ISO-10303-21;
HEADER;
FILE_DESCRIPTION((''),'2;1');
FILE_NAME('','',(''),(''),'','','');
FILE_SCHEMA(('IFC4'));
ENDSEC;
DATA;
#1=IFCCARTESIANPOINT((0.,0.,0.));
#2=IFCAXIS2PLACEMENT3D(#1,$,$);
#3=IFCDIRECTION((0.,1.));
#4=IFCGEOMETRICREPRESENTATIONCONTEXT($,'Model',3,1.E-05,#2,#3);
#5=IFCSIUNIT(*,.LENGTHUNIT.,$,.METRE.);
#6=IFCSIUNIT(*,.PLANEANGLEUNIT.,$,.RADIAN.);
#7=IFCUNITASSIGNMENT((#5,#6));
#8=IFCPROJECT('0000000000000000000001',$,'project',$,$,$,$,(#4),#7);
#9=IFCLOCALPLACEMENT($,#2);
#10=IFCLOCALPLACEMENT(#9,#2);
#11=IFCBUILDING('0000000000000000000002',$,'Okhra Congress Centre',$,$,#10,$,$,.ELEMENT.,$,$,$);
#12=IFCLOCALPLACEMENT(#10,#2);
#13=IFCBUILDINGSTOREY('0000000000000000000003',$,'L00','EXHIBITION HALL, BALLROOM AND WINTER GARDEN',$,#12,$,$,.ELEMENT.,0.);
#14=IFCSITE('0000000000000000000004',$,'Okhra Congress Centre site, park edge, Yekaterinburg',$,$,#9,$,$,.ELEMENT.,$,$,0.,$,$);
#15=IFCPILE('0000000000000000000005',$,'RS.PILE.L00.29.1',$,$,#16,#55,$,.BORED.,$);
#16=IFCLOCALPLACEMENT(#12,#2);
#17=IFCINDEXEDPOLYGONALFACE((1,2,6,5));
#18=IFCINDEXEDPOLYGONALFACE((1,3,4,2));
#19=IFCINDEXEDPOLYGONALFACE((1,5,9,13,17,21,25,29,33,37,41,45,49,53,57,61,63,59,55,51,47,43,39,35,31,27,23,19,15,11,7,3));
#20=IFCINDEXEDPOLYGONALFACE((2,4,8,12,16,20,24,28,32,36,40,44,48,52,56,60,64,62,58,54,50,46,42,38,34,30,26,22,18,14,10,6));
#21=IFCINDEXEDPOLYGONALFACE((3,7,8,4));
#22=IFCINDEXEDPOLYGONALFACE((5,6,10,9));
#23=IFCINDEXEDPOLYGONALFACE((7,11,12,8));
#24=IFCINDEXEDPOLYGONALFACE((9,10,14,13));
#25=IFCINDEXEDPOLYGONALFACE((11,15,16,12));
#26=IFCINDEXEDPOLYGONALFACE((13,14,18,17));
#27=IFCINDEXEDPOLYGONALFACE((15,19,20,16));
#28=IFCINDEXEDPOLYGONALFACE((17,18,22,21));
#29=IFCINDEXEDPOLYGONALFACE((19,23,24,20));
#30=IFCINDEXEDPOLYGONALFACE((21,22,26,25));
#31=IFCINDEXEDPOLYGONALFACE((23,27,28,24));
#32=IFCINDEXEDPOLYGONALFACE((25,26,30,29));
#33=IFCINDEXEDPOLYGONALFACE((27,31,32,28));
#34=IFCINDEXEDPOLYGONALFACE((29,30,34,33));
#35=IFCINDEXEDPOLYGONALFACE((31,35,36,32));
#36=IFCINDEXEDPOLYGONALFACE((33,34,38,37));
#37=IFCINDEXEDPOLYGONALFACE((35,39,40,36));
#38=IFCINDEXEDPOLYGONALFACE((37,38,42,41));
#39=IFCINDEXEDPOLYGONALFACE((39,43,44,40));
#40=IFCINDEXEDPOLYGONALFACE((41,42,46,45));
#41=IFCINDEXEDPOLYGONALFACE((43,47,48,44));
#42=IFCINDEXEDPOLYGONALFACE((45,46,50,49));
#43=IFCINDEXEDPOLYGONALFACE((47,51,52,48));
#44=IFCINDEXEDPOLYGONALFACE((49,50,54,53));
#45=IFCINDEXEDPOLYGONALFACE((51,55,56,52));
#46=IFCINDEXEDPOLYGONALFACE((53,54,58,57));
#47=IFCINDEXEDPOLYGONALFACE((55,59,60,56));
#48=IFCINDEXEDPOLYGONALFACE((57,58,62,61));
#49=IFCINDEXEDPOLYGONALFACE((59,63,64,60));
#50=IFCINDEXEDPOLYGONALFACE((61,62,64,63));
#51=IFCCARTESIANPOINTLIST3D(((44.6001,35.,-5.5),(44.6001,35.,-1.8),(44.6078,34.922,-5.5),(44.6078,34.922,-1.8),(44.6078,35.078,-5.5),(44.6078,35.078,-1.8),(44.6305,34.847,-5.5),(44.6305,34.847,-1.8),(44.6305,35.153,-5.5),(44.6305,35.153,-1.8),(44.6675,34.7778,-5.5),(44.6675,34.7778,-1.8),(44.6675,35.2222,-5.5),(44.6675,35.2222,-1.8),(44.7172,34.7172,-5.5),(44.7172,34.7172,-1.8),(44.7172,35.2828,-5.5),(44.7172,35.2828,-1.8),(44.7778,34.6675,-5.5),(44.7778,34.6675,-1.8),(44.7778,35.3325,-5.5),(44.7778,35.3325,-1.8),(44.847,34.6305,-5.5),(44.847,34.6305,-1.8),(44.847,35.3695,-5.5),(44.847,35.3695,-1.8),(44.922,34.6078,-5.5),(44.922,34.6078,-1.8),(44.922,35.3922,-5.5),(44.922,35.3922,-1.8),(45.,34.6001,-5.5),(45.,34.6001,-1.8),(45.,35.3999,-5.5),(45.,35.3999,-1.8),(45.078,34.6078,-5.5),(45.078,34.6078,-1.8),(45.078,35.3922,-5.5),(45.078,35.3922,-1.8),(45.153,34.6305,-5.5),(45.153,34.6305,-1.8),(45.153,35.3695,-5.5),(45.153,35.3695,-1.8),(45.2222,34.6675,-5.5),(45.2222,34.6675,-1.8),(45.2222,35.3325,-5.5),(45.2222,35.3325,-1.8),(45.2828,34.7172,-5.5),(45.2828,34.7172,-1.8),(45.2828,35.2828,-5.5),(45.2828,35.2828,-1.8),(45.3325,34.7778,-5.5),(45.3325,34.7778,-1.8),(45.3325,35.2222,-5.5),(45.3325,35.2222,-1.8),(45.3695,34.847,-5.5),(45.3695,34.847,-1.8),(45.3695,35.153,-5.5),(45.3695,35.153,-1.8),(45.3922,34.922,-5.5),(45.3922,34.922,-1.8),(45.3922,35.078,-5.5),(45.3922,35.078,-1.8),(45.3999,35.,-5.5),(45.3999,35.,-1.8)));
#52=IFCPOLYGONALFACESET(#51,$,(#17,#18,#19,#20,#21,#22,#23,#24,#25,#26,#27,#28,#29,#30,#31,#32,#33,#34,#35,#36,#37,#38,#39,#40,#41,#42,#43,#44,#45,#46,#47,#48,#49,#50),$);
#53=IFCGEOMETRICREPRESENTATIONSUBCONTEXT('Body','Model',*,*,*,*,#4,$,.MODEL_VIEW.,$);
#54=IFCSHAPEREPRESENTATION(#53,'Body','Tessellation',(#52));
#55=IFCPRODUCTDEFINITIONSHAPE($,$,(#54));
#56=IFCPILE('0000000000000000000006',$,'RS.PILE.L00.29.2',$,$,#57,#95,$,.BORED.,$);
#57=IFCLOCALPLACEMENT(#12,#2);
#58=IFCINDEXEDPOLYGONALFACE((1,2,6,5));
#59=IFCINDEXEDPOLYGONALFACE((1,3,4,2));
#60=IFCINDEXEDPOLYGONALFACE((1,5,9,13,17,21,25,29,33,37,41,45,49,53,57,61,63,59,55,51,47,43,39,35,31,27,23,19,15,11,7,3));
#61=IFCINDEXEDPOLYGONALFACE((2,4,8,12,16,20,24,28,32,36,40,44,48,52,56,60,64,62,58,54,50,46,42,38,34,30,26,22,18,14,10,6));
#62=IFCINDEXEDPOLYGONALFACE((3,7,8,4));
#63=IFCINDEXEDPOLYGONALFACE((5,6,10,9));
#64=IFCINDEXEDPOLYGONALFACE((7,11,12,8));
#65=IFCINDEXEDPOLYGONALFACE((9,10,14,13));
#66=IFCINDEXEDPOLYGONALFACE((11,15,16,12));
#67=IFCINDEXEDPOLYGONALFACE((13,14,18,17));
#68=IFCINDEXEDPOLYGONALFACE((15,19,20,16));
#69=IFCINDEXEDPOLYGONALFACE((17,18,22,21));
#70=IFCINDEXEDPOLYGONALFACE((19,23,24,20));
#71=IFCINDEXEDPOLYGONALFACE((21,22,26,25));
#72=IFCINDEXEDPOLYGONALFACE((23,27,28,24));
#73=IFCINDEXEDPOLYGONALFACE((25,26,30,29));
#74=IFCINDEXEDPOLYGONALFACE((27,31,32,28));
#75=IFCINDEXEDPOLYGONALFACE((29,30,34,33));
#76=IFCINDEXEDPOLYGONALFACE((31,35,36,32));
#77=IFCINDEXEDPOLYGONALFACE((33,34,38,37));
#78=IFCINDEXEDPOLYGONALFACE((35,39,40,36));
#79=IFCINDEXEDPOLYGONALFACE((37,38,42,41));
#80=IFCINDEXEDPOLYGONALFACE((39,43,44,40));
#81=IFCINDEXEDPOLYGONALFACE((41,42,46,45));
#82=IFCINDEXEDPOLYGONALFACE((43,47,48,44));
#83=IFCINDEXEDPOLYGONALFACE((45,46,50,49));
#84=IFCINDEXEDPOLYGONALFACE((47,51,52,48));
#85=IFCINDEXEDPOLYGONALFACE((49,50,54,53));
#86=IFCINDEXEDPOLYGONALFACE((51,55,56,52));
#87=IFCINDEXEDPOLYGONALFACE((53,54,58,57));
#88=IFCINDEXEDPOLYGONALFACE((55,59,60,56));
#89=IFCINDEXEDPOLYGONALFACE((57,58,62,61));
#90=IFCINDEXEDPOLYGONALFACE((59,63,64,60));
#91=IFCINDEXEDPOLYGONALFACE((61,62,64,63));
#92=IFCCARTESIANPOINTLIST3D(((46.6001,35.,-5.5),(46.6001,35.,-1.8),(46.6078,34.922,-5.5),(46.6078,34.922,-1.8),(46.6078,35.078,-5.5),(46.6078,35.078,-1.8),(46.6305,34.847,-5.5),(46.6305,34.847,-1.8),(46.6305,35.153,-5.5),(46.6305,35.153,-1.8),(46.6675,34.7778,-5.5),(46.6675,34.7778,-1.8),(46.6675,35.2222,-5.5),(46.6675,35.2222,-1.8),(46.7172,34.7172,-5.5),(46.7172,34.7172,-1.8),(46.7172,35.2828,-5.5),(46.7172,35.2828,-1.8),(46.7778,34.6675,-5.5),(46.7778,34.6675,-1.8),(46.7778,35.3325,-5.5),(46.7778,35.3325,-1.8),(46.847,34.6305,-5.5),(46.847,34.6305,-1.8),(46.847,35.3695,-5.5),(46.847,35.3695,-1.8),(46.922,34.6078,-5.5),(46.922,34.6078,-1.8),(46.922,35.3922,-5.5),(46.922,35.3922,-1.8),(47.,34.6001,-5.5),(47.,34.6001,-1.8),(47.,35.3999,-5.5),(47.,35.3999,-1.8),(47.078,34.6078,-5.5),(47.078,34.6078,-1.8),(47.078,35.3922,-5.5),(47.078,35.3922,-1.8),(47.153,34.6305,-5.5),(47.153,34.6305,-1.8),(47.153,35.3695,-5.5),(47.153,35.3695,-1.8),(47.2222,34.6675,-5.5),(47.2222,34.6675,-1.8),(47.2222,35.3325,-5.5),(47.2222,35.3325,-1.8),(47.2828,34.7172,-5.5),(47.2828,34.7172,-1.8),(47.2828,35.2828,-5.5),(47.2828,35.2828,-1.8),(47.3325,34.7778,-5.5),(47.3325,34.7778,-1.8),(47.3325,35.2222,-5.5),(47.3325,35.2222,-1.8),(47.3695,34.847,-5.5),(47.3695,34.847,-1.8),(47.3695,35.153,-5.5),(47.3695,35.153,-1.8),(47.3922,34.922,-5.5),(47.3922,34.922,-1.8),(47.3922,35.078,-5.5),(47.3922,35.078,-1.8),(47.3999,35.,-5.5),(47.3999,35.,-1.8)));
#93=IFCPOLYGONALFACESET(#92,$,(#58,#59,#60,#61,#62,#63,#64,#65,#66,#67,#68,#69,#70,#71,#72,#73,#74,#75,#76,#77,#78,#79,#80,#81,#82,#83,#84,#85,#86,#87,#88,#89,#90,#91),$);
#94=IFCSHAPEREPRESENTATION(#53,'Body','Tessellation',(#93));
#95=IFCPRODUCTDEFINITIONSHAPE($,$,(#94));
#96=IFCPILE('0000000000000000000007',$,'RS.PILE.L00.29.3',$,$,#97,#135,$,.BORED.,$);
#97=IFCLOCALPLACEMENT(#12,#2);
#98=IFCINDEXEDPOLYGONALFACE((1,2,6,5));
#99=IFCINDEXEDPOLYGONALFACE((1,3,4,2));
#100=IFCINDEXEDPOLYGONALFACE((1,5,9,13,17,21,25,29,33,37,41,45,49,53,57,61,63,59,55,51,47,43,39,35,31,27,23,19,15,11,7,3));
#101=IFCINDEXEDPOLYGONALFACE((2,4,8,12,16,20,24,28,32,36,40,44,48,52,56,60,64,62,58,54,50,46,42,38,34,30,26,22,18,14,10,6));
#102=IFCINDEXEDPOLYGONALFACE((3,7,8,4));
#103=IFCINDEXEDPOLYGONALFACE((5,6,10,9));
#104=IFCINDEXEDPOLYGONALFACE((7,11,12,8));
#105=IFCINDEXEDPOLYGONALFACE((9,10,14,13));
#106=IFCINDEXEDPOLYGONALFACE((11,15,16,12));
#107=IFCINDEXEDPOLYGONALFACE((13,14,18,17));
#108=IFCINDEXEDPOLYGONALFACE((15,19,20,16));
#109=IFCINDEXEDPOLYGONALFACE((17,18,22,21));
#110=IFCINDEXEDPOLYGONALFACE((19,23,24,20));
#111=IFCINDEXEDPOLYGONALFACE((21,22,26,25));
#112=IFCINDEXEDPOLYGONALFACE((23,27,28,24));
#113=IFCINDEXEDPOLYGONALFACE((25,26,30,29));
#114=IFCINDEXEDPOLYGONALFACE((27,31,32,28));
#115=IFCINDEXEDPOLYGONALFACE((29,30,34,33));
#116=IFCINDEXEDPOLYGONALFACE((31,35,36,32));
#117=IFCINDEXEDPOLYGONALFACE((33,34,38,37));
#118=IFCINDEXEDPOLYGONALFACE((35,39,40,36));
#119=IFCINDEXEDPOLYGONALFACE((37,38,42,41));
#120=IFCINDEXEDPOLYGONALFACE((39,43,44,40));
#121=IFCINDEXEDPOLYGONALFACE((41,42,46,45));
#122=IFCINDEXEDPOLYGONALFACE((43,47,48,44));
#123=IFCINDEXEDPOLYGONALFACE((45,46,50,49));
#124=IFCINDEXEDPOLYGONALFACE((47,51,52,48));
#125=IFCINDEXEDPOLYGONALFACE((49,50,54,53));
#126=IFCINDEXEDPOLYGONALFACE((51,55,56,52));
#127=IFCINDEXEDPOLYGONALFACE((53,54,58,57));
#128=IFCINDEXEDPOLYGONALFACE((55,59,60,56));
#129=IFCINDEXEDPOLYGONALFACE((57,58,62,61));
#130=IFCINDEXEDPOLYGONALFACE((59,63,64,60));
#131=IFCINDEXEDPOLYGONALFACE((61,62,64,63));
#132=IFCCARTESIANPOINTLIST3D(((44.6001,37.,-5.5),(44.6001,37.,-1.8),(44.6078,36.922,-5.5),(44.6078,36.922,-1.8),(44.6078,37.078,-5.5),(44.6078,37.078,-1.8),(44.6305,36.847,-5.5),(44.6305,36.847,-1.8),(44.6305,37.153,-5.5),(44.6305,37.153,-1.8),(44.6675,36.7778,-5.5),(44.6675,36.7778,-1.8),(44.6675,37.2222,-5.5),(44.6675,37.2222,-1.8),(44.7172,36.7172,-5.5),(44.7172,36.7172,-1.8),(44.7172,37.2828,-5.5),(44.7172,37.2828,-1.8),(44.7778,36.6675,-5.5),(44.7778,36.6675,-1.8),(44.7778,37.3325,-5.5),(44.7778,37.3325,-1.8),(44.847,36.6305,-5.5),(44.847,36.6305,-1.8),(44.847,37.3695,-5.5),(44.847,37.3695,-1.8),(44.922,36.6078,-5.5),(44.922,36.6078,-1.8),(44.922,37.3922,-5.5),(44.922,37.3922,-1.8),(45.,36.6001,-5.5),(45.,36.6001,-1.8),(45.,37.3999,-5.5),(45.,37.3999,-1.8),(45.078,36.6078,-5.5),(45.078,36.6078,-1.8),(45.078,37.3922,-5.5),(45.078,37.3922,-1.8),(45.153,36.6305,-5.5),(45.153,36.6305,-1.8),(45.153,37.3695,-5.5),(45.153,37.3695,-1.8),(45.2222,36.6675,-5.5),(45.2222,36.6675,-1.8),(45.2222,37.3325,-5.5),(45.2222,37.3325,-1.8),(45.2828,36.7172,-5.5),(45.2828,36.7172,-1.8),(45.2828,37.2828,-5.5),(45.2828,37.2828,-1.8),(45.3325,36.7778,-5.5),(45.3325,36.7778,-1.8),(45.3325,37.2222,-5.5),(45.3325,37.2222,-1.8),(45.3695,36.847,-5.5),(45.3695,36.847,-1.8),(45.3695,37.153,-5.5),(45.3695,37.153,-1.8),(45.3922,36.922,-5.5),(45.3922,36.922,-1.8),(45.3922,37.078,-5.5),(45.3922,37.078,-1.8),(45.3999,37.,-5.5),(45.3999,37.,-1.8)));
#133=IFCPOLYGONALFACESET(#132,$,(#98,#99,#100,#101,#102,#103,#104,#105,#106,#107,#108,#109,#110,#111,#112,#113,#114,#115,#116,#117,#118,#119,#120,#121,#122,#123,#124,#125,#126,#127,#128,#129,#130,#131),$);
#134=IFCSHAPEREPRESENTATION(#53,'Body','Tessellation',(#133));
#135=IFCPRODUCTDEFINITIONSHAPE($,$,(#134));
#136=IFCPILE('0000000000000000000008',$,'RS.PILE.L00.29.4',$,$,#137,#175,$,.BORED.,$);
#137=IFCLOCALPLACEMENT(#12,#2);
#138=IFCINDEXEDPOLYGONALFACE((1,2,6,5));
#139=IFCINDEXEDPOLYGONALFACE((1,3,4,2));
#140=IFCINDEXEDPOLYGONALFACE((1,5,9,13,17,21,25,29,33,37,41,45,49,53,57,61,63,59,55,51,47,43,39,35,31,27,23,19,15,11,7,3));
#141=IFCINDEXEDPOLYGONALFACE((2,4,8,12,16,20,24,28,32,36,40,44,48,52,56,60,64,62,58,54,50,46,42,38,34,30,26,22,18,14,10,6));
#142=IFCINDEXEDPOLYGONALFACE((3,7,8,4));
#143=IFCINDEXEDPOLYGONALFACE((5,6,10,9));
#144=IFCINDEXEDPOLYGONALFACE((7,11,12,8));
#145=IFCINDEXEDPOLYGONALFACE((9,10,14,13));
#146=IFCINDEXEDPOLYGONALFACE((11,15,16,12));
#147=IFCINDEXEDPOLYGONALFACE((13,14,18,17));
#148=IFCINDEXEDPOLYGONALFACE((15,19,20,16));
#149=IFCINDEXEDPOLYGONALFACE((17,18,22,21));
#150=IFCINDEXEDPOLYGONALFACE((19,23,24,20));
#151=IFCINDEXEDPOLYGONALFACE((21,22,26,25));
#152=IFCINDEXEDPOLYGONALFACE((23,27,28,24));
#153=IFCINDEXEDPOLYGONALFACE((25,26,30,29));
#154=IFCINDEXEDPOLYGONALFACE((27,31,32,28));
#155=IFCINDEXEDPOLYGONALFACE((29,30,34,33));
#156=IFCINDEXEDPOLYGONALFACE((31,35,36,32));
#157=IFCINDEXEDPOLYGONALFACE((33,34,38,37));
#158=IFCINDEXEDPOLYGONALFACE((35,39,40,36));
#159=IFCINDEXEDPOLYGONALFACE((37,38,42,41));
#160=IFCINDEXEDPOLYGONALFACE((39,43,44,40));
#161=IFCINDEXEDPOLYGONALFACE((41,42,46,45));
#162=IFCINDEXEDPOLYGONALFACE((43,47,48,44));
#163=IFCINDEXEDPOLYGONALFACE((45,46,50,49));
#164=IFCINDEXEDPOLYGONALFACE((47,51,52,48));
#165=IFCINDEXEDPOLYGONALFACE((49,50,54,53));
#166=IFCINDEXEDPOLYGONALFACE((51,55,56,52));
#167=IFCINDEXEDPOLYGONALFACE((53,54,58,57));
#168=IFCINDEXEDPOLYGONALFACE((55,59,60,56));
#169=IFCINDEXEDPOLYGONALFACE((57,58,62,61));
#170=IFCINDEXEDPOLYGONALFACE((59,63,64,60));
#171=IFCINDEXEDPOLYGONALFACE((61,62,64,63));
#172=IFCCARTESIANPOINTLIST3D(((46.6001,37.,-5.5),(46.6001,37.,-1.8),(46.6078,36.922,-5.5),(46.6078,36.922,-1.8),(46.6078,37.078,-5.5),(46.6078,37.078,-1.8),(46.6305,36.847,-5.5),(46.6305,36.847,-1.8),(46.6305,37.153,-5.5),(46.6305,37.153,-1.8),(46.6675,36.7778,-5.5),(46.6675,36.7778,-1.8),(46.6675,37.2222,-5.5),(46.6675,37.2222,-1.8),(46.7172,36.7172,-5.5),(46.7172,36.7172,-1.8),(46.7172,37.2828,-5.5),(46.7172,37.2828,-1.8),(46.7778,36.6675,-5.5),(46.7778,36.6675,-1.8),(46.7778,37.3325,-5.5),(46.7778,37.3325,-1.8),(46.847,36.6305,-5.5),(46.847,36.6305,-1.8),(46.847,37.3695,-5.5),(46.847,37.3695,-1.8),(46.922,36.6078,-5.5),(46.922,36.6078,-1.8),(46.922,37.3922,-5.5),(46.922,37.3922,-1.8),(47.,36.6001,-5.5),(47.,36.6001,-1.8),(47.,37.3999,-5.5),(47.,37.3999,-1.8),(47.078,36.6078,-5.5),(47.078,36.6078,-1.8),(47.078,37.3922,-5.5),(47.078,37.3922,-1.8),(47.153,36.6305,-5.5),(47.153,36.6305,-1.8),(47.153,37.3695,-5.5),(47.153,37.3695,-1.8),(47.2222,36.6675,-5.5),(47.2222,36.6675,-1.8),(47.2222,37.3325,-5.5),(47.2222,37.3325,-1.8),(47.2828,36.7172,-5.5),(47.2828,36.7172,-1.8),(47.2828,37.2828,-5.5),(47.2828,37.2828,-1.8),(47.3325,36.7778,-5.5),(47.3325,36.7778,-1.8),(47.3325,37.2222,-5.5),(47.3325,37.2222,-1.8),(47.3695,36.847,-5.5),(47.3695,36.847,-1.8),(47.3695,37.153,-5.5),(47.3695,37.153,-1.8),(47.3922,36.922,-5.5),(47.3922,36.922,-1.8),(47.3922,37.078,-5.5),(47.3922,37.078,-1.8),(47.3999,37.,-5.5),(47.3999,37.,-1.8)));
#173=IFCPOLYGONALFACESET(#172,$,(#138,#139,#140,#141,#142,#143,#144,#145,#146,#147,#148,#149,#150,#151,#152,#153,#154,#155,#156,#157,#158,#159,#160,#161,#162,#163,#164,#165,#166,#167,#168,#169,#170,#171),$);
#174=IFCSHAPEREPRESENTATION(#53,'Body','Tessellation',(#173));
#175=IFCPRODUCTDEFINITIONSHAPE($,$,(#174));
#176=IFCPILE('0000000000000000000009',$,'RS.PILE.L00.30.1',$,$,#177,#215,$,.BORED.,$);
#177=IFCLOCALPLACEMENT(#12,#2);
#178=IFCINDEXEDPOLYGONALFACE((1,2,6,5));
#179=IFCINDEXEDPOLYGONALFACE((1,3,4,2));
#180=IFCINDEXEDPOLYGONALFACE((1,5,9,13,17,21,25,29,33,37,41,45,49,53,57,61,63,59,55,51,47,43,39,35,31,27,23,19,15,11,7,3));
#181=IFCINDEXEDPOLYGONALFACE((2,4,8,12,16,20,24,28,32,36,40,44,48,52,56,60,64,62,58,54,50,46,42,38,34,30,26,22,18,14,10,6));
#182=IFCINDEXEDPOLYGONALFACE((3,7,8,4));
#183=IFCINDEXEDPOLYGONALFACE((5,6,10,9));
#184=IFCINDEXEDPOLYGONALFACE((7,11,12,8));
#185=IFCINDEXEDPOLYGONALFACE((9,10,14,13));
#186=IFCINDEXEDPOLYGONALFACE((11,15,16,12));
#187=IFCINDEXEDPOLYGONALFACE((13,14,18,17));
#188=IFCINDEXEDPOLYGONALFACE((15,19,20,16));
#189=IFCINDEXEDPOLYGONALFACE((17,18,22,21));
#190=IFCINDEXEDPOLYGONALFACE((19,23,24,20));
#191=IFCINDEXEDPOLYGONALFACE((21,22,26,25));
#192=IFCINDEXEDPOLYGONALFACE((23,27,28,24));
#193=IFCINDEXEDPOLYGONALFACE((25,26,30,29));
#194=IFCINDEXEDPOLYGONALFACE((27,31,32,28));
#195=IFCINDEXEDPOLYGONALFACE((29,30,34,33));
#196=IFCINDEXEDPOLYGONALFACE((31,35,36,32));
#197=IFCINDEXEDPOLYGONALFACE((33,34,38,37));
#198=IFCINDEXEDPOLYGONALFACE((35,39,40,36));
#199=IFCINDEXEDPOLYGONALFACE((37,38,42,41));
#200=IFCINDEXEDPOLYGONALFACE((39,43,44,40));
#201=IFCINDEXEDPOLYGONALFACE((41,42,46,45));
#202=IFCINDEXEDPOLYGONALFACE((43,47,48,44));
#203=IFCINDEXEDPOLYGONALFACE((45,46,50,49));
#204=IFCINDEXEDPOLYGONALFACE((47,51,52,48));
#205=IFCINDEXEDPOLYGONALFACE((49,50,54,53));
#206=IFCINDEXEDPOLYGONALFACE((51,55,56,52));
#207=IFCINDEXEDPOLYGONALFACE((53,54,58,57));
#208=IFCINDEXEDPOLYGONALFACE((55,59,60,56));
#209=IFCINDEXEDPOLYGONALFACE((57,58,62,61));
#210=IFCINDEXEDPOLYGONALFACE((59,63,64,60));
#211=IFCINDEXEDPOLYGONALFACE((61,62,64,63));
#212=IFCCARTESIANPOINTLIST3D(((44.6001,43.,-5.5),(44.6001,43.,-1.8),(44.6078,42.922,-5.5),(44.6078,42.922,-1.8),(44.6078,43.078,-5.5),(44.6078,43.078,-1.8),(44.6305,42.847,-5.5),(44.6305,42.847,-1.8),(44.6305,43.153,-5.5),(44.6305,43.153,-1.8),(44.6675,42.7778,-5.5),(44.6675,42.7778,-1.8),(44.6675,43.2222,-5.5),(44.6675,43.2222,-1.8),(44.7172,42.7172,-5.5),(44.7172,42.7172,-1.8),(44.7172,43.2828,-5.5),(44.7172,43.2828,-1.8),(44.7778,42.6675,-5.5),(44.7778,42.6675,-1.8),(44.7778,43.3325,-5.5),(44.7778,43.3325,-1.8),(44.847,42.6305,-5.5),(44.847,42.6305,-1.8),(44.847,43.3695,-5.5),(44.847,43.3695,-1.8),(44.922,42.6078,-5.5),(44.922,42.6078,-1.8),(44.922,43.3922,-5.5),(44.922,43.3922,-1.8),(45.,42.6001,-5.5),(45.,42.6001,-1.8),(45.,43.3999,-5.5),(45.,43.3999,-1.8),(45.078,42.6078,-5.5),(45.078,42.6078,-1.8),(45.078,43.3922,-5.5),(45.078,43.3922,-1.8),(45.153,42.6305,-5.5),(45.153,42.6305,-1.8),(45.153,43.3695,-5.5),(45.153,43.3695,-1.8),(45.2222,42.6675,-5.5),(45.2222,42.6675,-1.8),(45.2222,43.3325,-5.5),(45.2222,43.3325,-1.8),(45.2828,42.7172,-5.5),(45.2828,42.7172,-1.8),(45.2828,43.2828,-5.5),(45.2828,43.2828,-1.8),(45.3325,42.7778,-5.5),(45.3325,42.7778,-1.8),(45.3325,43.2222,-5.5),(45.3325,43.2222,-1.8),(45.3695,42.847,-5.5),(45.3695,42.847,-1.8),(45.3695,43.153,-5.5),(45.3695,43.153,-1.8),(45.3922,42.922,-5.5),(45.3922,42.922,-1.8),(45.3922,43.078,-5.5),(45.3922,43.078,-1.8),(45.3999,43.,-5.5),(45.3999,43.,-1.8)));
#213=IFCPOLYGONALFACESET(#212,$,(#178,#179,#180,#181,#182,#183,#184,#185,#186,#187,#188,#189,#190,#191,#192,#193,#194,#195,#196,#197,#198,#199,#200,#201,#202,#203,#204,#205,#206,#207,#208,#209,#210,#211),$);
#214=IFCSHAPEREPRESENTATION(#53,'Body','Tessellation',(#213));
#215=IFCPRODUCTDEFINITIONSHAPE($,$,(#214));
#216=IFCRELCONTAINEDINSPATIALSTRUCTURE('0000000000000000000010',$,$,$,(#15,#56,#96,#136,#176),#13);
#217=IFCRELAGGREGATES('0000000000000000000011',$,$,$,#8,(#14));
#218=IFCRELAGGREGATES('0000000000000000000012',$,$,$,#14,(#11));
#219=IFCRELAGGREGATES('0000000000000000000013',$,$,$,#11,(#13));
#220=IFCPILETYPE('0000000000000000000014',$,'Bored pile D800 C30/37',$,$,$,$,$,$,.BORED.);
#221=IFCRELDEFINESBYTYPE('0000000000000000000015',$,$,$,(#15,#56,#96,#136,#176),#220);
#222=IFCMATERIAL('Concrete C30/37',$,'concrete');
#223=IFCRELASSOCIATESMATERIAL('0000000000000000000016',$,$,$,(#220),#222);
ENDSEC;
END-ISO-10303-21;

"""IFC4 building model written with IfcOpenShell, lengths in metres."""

from ifc_helpers import new_model, si_unit, direction, frame, origin, origin_2d, place, context, subcontext, project, spatial, circle, extrude, material, material_profile, profile_set, type_object, element, save


model = new_model("IFC4")

# Units and contexts
model_context = context("Model", 3, precision=1e-05, world=origin(), true_north=direction((0.0, 1.0)))
body_context = subcontext(model_context, "Body", "Model", "MODEL_VIEW")
ifc_project = project(units=[si_unit("LENGTHUNIT", "METRE"), si_unit("PLANEANGLEUNIT", "RADIAN")], contexts=[model_context])

# Site, building, storey
site_placement = place(None, origin())
site = spatial("IfcSite", under=ifc_project, at=site_placement, Name="Okhra Congress Centre site, park edge, Yekaterinburg", CompositionType="ELEMENT", RefElevation=0.0)
building_placement = place(site_placement, origin())
building = spatial("IfcBuilding", under=site, at=building_placement, Name="Okhra Congress Centre", CompositionType="ELEMENT")
storey_placement = place(building_placement, origin())
storey = spatial("IfcBuildingStorey", under=building, at=storey_placement, Name="L00", Description="EXHIBITION HALL, BALLROOM AND WINTER GARDEN", CompositionType="ELEMENT", Elevation=0.0)

# Piles
ifc_material_1 = material(Name="Concrete C30/37", Category="concrete")
ifc_material_profile_1 = material_profile(ifc_material_1, circle(Radius=0.3999, at=origin_2d()), Name="D800")
ifc_profile_set_1 = profile_set([ifc_material_profile_1], Name="Concrete C30/37")
pile_type = type_object("IfcPileType", Name="Bored pile D800 C30/37", PredefinedType="BORED", material=ifc_profile_set_1)
for number, where, z_axis, x_axis, name in (
    (1, (45.0, 35.0, -1.8), (0.0, 0.0, -1.0), (1.0, 0.0, 0.0), "RS.PILE.L00.29.1"),
    (2, (47.0, 35.0, -1.8), (0.0, 0.0, -1.0), (1.0, 0.0, 0.0), "RS.PILE.L00.29.2"),
    (3, (45.0, 37.0, -1.8), (0.0, 0.0, -1.0), (1.0, 0.0, 0.0), "RS.PILE.L00.29.3"),
    (4, (47.0, 37.0, -1.8), (0.0, 0.0, -1.0), (1.0, 0.0, 0.0), "RS.PILE.L00.29.4"),
    (5, (45.0, 43.0, -1.8), (0.0, 0.0, -1.0), (1.0, 0.0, 0.0), "RS.PILE.L00.30.1"),
):
    element("IfcPile", number, at=place(storey_placement, frame(where, z_axis=z_axis, x_axis=x_axis)), inside=storey, type_object=pile_type, Name=name, PredefinedType="BORED", context=body_context, shape_type="SweptSolid", body=[
        extrude(circle(Radius=0.3999, at=origin_2d()), origin(), (0.0, 0.0, 1.0), 3.7),
    ])

save(model, "model.ifc")
